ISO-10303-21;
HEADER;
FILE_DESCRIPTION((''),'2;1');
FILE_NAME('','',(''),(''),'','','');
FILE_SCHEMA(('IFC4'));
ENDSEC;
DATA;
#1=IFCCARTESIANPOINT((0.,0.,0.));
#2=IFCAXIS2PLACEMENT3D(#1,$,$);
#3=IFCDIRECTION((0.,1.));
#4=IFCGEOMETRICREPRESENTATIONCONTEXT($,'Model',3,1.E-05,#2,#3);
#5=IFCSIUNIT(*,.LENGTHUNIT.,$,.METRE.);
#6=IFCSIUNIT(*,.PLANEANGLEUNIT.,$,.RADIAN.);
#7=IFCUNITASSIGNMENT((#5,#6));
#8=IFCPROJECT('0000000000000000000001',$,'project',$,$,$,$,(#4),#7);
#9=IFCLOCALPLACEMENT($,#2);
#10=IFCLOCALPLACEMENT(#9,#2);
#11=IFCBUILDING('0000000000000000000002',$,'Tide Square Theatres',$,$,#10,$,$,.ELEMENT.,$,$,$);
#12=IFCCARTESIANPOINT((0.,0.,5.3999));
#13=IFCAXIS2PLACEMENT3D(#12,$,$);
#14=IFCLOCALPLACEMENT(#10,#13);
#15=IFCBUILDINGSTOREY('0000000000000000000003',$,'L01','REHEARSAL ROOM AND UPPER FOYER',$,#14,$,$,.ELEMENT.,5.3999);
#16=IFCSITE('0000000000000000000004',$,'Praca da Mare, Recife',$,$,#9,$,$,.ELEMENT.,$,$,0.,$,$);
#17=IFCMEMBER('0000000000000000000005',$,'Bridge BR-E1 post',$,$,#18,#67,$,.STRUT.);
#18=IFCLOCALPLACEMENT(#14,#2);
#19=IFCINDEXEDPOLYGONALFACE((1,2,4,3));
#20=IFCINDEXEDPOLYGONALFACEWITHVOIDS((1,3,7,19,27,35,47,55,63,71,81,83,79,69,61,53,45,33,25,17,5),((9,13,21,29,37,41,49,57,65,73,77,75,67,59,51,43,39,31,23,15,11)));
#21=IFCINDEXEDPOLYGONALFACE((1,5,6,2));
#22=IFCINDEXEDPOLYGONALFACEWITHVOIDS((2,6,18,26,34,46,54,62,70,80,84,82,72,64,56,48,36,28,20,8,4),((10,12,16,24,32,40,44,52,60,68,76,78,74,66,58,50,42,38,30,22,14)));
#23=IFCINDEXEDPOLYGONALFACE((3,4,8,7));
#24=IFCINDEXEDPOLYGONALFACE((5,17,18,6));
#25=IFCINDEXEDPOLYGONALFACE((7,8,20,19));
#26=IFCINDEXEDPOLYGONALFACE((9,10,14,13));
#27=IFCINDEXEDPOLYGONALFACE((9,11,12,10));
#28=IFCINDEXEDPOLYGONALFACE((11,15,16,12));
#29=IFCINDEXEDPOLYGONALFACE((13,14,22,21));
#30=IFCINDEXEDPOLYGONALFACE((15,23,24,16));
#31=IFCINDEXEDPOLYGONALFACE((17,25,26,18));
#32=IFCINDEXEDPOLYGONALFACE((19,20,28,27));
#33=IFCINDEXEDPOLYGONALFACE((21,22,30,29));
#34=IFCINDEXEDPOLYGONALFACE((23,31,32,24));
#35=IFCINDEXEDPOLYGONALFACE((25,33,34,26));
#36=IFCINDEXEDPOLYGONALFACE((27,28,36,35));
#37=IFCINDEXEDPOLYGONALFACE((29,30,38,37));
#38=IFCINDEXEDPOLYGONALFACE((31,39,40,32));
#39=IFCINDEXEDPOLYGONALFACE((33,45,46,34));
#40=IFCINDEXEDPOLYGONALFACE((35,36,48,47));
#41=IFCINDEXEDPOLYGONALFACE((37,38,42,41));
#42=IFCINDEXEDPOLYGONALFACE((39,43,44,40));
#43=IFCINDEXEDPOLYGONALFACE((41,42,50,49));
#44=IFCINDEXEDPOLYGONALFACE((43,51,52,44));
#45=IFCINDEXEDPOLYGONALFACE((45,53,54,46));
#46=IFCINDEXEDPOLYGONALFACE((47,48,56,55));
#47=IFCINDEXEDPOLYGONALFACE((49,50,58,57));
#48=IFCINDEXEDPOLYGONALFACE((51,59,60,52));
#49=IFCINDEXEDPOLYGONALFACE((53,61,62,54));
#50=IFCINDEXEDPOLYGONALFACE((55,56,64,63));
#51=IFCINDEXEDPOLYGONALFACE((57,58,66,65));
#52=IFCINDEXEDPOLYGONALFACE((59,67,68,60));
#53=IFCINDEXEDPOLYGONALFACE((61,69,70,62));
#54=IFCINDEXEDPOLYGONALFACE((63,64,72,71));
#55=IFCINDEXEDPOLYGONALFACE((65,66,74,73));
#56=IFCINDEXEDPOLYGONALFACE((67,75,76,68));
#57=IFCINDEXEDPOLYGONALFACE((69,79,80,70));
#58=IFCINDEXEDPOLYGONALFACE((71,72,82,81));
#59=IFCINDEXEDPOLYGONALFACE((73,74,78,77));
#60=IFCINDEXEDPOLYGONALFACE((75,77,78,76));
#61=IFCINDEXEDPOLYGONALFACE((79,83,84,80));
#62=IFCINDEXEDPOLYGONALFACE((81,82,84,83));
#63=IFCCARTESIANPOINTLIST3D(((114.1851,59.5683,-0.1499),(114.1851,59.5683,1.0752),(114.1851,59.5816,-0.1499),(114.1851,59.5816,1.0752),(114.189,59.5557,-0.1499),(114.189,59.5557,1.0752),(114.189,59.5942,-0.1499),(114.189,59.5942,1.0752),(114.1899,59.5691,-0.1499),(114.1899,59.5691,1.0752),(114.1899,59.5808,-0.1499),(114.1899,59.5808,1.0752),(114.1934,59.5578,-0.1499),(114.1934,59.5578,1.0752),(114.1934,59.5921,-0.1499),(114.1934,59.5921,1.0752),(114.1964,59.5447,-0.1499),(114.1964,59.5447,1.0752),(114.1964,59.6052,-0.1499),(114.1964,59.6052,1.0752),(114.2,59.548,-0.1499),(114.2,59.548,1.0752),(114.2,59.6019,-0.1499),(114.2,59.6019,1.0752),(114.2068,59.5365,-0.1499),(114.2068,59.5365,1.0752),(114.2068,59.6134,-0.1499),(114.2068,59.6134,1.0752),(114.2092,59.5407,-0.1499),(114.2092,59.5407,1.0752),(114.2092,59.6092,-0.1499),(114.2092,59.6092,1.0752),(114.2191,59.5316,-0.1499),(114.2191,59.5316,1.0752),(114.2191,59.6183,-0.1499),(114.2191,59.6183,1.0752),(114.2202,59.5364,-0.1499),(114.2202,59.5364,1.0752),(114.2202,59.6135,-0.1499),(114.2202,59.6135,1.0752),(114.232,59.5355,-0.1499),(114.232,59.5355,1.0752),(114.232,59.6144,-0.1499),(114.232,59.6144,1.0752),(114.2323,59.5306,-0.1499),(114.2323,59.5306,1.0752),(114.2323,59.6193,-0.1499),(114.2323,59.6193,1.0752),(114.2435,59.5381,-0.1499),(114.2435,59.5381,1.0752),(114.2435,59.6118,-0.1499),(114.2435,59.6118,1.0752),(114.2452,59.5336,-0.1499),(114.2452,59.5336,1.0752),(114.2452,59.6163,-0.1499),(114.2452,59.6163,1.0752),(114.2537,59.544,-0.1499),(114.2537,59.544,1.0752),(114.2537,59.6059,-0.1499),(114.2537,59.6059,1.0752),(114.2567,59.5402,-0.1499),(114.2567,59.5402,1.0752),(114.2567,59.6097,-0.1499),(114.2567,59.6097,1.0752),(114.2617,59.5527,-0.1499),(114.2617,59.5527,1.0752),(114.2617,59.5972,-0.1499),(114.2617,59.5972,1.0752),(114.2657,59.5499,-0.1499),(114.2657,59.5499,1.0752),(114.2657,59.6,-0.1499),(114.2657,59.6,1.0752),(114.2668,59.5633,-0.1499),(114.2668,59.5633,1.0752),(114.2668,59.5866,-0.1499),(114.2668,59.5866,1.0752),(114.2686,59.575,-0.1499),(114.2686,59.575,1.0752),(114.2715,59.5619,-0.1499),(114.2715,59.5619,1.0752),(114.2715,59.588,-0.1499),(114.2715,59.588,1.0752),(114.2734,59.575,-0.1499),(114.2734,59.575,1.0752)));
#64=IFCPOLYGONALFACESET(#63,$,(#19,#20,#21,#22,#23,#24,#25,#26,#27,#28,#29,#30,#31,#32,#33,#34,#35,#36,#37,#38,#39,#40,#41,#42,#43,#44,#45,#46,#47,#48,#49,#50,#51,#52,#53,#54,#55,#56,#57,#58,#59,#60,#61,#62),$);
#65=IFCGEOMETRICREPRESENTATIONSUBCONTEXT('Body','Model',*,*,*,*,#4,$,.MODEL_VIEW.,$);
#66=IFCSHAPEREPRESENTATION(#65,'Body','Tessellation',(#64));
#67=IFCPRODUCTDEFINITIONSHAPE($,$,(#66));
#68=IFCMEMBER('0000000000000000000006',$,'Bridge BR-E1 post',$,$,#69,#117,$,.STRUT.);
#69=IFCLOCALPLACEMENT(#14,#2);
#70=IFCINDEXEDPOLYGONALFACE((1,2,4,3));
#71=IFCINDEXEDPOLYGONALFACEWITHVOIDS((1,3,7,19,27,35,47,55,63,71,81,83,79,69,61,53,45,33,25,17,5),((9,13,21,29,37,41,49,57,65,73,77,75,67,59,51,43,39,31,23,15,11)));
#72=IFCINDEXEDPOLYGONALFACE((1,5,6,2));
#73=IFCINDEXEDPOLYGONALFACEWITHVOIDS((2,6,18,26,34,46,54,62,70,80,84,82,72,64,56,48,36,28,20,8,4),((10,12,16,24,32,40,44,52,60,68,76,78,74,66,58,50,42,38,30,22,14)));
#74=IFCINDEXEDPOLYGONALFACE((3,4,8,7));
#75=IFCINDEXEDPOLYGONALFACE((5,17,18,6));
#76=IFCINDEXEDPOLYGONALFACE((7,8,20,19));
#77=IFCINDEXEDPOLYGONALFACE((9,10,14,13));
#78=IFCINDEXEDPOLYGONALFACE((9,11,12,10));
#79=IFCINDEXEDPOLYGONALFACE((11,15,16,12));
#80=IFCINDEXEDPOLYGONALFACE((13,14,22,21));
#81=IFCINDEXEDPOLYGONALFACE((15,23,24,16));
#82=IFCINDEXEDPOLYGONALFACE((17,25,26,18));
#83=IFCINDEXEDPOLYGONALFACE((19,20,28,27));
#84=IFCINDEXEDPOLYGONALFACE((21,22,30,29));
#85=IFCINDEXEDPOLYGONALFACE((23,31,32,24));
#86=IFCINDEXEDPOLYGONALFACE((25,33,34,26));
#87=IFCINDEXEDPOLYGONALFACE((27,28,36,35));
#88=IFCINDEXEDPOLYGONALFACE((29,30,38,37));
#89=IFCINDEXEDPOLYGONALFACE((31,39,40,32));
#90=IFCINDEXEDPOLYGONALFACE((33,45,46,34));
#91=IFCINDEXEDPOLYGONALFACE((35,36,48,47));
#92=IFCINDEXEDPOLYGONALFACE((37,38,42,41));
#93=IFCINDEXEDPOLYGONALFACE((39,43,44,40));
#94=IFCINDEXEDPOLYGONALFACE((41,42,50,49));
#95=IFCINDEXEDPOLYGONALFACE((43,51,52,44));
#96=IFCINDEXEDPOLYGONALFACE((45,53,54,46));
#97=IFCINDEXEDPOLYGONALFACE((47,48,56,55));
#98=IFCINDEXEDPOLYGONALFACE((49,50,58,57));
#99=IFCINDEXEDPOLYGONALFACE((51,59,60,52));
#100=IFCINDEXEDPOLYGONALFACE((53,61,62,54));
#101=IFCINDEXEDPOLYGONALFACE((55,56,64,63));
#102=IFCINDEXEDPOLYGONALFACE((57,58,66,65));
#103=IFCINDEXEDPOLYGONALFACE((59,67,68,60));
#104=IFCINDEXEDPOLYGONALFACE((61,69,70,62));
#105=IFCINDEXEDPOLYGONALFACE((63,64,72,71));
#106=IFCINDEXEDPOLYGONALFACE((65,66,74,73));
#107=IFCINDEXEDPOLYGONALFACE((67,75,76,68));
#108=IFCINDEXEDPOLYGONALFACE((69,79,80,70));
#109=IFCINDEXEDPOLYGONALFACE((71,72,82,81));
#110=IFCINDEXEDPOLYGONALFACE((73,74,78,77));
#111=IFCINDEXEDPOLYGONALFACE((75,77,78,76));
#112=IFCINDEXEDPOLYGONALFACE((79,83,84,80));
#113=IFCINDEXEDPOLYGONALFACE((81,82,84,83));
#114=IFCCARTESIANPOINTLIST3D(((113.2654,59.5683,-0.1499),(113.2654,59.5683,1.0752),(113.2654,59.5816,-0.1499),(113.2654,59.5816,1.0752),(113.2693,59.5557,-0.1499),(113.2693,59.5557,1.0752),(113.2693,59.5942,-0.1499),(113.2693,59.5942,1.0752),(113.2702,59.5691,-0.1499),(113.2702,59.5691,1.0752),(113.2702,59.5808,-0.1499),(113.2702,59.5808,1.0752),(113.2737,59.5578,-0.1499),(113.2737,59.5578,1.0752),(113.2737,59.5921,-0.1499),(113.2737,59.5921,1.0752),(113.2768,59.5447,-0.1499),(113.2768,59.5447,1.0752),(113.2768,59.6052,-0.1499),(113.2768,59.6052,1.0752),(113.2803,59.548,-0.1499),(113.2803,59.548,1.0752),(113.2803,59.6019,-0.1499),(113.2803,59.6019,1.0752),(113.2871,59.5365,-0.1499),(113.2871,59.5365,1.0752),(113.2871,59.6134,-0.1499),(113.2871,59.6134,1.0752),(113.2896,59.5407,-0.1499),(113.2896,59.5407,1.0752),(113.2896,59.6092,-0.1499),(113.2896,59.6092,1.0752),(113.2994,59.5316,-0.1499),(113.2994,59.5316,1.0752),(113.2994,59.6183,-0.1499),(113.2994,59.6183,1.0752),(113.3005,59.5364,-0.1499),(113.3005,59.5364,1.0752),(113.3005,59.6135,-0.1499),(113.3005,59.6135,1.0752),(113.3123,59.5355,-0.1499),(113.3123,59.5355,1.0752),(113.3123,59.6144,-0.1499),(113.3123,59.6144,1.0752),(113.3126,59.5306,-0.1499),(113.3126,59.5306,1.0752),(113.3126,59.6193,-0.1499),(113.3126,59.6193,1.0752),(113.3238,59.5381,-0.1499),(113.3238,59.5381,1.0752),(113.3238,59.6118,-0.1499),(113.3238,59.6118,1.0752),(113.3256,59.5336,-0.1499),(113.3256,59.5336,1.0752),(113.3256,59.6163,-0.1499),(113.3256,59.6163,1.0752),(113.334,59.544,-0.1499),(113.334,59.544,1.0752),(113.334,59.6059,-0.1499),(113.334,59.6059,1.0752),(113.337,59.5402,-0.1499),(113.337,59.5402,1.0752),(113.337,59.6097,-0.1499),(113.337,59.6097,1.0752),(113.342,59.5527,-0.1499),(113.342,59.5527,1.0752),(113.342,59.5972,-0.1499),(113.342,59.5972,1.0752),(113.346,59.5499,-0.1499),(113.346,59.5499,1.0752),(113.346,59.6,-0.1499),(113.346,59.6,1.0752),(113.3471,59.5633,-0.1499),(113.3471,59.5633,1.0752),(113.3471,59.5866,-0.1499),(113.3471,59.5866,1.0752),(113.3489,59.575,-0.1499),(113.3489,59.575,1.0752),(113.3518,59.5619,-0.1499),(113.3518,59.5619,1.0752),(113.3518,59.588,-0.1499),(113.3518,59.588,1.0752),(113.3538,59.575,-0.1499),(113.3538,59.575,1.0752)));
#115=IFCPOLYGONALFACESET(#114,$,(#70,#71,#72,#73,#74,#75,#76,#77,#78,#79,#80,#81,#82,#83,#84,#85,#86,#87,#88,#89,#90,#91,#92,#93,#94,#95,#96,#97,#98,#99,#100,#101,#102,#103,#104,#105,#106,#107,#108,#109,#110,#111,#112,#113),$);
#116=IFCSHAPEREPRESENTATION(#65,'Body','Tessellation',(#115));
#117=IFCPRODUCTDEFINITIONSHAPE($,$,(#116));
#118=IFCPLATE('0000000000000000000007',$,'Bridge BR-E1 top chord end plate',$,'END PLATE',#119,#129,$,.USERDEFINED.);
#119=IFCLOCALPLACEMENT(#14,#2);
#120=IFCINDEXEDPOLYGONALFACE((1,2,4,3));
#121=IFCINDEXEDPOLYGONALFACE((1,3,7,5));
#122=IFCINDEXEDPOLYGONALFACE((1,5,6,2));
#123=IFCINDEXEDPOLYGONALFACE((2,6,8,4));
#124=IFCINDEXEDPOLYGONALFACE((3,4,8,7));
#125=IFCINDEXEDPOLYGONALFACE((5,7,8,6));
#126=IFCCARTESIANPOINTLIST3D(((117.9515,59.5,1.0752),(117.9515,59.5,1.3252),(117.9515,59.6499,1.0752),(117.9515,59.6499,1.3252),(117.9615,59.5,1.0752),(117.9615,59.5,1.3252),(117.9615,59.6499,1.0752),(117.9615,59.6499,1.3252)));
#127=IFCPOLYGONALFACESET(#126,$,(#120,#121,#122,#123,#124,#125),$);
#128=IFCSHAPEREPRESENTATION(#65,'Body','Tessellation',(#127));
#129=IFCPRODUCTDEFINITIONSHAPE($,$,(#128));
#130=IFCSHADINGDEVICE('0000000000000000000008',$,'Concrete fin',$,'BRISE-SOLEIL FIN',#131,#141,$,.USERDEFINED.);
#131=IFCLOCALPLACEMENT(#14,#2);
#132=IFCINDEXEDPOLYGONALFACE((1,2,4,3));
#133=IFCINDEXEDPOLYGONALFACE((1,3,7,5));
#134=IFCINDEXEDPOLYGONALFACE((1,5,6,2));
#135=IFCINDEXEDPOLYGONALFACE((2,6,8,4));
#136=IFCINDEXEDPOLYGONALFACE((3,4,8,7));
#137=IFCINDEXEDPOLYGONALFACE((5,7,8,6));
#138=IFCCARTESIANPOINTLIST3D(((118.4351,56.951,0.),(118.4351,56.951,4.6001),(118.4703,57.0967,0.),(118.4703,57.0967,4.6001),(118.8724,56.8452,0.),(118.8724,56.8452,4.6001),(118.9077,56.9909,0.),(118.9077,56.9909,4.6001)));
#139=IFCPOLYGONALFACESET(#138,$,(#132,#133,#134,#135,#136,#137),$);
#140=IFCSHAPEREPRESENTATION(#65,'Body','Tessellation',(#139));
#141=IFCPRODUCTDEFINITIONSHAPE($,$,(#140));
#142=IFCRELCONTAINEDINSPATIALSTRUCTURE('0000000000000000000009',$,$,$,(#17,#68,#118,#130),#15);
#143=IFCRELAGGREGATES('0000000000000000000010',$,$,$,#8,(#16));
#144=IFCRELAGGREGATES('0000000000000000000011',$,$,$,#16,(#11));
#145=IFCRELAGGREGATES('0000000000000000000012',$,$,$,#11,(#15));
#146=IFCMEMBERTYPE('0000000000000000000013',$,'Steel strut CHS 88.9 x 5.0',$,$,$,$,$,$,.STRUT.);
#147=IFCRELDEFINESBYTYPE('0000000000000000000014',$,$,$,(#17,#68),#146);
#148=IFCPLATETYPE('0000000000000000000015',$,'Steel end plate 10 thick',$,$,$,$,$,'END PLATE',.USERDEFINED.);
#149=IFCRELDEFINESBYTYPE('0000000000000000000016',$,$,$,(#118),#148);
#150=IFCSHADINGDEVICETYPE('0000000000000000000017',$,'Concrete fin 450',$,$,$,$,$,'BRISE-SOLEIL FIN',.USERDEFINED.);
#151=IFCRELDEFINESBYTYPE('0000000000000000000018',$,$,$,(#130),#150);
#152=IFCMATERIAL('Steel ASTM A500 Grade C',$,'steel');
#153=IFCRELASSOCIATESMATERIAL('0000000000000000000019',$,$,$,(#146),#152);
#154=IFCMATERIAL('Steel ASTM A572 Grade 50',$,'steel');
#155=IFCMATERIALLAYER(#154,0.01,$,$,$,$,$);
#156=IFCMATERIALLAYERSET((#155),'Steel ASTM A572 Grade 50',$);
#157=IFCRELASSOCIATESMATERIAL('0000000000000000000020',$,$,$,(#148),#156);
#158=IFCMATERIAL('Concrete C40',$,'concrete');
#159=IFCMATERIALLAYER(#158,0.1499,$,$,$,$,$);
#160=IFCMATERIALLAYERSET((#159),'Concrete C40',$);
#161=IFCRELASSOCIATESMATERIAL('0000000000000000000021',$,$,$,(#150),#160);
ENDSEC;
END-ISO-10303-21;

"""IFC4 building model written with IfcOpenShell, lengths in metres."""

from ifc_helpers import new_model, si_unit, direction, frame, origin, origin_2d, place, context, subcontext, project, spatial, rectangle, hollow_circle, extrude, material, layer, layer_set, material_profile, profile_set, type_object, element, save


model = new_model("IFC4")

# Units and contexts
model_context = context("Model", 3, precision=1e-05, world=origin(), true_north=direction((0.0, 1.0)))
body_context = subcontext(model_context, "Body", "Model", "MODEL_VIEW")
ifc_project = project(units=[si_unit("LENGTHUNIT", "METRE"), si_unit("PLANEANGLEUNIT", "RADIAN")], contexts=[model_context])

# Site, building, storey
site_placement = place(None, origin())
site = spatial("IfcSite", under=ifc_project, at=site_placement, Name="Praca da Mare, Recife", CompositionType="ELEMENT", RefElevation=0.0)
building_placement = place(site_placement, origin())
building = spatial("IfcBuilding", under=site, at=building_placement, Name="Tide Square Theatres", CompositionType="ELEMENT")
storey_placement = place(building_placement, frame((0.0, 0.0, 5.3999)))
storey = spatial("IfcBuildingStorey", under=building, at=storey_placement, Name="L01", Description="REHEARSAL ROOM AND UPPER FOYER", CompositionType="ELEMENT", Elevation=5.3999)

# Members
ifc_material_1 = material(Name="Steel ASTM A500 Grade C", Category="steel")
ifc_material_profile_1 = material_profile(ifc_material_1, hollow_circle(Radius=0.0444, WallThickness=0.0049, at=origin_2d()))
ifc_profile_set_1 = profile_set([ifc_material_profile_1], Name="Steel ASTM A500 Grade C")
member_type_1 = type_object("IfcMemberType", Name="Steel strut CHS 88.9 x 5.0", PredefinedType="STRUT", material=ifc_profile_set_1)
for number, where, z_axis, x_axis, name in (
    (1, (114.229, 59.575, -0.1499), (0.0, 0.0, 1.0), (1.0, 0.0, 0.0), "Bridge BR-E1 post"),
    (2, (113.3093, 59.575, -0.1499), (0.0, 0.0, 1.0), (1.0, 0.0, 0.0), "Bridge BR-E1 post"),
):
    element("IfcMember", number, at=place(storey_placement, frame(where, z_axis=z_axis, x_axis=x_axis)), inside=storey, type_object=member_type_1, Name=name, PredefinedType="STRUT", context=body_context, shape_type="SweptSolid", body=[
        extrude(hollow_circle(Radius=0.0444, WallThickness=0.0049, at=origin_2d()), origin(), (0.0, 0.0, 1.0), 1.2251),
    ])

# Plate
ifc_material_2 = material(Name="Steel ASTM A572 Grade 50", Category="steel")
ifc_layer_1 = layer(ifc_material_2, 0.01)
ifc_layer_set_1 = layer_set([ifc_layer_1], Name="Steel ASTM A572 Grade 50")
plate_type = type_object("IfcPlateType", Name="Steel end plate 10 thick", ElementType="END PLATE", PredefinedType="USERDEFINED", material=ifc_layer_set_1)
plate_placement = place(storey_placement, frame((117.9565, 59.575, 1.0752), z_axis=(0.0, 0.0, 1.0), x_axis=(1.0, 0.0, 0.0)))
element("IfcPlate", 3, at=plate_placement, inside=storey, type_object=plate_type, Name="Bridge BR-E1 top chord end plate", ObjectType="END PLATE", PredefinedType="USERDEFINED", context=body_context, shape_type="SweptSolid", body=[
    extrude(rectangle(XDim=0.01, YDim=0.1499, at=origin_2d()), origin(), (0.0, 0.0, 1.0), 0.25),
])

# Shading device
ifc_material_3 = material(Name="Concrete C40", Category="concrete")
ifc_layer_2 = layer(ifc_material_3, 0.1499)
ifc_layer_set_2 = layer_set([ifc_layer_2], Name="Concrete C40")
shading_device_type = type_object("IfcShadingDeviceType", Name="Concrete fin 450", ElementType="BRISE-SOLEIL FIN", PredefinedType="USERDEFINED", material=ifc_layer_set_2)
shading_device_placement = place(storey_placement, frame((118.6714, 56.9709, 0.0), z_axis=(0.0, 0.0, 1.0), x_axis=(-0.235142, -0.971961, 0.0)))
element("IfcShadingDevice", 4, at=shading_device_placement, inside=storey, type_object=shading_device_type, Name="Concrete fin", ObjectType="BRISE-SOLEIL FIN", PredefinedType="USERDEFINED", context=body_context, shape_type="SweptSolid", body=[
    extrude(rectangle(XDim=0.1499, YDim=0.45, at=origin_2d()), origin(), (0.0, 0.0, 1.0), 4.6001),
])

save(model, "model.ifc")
